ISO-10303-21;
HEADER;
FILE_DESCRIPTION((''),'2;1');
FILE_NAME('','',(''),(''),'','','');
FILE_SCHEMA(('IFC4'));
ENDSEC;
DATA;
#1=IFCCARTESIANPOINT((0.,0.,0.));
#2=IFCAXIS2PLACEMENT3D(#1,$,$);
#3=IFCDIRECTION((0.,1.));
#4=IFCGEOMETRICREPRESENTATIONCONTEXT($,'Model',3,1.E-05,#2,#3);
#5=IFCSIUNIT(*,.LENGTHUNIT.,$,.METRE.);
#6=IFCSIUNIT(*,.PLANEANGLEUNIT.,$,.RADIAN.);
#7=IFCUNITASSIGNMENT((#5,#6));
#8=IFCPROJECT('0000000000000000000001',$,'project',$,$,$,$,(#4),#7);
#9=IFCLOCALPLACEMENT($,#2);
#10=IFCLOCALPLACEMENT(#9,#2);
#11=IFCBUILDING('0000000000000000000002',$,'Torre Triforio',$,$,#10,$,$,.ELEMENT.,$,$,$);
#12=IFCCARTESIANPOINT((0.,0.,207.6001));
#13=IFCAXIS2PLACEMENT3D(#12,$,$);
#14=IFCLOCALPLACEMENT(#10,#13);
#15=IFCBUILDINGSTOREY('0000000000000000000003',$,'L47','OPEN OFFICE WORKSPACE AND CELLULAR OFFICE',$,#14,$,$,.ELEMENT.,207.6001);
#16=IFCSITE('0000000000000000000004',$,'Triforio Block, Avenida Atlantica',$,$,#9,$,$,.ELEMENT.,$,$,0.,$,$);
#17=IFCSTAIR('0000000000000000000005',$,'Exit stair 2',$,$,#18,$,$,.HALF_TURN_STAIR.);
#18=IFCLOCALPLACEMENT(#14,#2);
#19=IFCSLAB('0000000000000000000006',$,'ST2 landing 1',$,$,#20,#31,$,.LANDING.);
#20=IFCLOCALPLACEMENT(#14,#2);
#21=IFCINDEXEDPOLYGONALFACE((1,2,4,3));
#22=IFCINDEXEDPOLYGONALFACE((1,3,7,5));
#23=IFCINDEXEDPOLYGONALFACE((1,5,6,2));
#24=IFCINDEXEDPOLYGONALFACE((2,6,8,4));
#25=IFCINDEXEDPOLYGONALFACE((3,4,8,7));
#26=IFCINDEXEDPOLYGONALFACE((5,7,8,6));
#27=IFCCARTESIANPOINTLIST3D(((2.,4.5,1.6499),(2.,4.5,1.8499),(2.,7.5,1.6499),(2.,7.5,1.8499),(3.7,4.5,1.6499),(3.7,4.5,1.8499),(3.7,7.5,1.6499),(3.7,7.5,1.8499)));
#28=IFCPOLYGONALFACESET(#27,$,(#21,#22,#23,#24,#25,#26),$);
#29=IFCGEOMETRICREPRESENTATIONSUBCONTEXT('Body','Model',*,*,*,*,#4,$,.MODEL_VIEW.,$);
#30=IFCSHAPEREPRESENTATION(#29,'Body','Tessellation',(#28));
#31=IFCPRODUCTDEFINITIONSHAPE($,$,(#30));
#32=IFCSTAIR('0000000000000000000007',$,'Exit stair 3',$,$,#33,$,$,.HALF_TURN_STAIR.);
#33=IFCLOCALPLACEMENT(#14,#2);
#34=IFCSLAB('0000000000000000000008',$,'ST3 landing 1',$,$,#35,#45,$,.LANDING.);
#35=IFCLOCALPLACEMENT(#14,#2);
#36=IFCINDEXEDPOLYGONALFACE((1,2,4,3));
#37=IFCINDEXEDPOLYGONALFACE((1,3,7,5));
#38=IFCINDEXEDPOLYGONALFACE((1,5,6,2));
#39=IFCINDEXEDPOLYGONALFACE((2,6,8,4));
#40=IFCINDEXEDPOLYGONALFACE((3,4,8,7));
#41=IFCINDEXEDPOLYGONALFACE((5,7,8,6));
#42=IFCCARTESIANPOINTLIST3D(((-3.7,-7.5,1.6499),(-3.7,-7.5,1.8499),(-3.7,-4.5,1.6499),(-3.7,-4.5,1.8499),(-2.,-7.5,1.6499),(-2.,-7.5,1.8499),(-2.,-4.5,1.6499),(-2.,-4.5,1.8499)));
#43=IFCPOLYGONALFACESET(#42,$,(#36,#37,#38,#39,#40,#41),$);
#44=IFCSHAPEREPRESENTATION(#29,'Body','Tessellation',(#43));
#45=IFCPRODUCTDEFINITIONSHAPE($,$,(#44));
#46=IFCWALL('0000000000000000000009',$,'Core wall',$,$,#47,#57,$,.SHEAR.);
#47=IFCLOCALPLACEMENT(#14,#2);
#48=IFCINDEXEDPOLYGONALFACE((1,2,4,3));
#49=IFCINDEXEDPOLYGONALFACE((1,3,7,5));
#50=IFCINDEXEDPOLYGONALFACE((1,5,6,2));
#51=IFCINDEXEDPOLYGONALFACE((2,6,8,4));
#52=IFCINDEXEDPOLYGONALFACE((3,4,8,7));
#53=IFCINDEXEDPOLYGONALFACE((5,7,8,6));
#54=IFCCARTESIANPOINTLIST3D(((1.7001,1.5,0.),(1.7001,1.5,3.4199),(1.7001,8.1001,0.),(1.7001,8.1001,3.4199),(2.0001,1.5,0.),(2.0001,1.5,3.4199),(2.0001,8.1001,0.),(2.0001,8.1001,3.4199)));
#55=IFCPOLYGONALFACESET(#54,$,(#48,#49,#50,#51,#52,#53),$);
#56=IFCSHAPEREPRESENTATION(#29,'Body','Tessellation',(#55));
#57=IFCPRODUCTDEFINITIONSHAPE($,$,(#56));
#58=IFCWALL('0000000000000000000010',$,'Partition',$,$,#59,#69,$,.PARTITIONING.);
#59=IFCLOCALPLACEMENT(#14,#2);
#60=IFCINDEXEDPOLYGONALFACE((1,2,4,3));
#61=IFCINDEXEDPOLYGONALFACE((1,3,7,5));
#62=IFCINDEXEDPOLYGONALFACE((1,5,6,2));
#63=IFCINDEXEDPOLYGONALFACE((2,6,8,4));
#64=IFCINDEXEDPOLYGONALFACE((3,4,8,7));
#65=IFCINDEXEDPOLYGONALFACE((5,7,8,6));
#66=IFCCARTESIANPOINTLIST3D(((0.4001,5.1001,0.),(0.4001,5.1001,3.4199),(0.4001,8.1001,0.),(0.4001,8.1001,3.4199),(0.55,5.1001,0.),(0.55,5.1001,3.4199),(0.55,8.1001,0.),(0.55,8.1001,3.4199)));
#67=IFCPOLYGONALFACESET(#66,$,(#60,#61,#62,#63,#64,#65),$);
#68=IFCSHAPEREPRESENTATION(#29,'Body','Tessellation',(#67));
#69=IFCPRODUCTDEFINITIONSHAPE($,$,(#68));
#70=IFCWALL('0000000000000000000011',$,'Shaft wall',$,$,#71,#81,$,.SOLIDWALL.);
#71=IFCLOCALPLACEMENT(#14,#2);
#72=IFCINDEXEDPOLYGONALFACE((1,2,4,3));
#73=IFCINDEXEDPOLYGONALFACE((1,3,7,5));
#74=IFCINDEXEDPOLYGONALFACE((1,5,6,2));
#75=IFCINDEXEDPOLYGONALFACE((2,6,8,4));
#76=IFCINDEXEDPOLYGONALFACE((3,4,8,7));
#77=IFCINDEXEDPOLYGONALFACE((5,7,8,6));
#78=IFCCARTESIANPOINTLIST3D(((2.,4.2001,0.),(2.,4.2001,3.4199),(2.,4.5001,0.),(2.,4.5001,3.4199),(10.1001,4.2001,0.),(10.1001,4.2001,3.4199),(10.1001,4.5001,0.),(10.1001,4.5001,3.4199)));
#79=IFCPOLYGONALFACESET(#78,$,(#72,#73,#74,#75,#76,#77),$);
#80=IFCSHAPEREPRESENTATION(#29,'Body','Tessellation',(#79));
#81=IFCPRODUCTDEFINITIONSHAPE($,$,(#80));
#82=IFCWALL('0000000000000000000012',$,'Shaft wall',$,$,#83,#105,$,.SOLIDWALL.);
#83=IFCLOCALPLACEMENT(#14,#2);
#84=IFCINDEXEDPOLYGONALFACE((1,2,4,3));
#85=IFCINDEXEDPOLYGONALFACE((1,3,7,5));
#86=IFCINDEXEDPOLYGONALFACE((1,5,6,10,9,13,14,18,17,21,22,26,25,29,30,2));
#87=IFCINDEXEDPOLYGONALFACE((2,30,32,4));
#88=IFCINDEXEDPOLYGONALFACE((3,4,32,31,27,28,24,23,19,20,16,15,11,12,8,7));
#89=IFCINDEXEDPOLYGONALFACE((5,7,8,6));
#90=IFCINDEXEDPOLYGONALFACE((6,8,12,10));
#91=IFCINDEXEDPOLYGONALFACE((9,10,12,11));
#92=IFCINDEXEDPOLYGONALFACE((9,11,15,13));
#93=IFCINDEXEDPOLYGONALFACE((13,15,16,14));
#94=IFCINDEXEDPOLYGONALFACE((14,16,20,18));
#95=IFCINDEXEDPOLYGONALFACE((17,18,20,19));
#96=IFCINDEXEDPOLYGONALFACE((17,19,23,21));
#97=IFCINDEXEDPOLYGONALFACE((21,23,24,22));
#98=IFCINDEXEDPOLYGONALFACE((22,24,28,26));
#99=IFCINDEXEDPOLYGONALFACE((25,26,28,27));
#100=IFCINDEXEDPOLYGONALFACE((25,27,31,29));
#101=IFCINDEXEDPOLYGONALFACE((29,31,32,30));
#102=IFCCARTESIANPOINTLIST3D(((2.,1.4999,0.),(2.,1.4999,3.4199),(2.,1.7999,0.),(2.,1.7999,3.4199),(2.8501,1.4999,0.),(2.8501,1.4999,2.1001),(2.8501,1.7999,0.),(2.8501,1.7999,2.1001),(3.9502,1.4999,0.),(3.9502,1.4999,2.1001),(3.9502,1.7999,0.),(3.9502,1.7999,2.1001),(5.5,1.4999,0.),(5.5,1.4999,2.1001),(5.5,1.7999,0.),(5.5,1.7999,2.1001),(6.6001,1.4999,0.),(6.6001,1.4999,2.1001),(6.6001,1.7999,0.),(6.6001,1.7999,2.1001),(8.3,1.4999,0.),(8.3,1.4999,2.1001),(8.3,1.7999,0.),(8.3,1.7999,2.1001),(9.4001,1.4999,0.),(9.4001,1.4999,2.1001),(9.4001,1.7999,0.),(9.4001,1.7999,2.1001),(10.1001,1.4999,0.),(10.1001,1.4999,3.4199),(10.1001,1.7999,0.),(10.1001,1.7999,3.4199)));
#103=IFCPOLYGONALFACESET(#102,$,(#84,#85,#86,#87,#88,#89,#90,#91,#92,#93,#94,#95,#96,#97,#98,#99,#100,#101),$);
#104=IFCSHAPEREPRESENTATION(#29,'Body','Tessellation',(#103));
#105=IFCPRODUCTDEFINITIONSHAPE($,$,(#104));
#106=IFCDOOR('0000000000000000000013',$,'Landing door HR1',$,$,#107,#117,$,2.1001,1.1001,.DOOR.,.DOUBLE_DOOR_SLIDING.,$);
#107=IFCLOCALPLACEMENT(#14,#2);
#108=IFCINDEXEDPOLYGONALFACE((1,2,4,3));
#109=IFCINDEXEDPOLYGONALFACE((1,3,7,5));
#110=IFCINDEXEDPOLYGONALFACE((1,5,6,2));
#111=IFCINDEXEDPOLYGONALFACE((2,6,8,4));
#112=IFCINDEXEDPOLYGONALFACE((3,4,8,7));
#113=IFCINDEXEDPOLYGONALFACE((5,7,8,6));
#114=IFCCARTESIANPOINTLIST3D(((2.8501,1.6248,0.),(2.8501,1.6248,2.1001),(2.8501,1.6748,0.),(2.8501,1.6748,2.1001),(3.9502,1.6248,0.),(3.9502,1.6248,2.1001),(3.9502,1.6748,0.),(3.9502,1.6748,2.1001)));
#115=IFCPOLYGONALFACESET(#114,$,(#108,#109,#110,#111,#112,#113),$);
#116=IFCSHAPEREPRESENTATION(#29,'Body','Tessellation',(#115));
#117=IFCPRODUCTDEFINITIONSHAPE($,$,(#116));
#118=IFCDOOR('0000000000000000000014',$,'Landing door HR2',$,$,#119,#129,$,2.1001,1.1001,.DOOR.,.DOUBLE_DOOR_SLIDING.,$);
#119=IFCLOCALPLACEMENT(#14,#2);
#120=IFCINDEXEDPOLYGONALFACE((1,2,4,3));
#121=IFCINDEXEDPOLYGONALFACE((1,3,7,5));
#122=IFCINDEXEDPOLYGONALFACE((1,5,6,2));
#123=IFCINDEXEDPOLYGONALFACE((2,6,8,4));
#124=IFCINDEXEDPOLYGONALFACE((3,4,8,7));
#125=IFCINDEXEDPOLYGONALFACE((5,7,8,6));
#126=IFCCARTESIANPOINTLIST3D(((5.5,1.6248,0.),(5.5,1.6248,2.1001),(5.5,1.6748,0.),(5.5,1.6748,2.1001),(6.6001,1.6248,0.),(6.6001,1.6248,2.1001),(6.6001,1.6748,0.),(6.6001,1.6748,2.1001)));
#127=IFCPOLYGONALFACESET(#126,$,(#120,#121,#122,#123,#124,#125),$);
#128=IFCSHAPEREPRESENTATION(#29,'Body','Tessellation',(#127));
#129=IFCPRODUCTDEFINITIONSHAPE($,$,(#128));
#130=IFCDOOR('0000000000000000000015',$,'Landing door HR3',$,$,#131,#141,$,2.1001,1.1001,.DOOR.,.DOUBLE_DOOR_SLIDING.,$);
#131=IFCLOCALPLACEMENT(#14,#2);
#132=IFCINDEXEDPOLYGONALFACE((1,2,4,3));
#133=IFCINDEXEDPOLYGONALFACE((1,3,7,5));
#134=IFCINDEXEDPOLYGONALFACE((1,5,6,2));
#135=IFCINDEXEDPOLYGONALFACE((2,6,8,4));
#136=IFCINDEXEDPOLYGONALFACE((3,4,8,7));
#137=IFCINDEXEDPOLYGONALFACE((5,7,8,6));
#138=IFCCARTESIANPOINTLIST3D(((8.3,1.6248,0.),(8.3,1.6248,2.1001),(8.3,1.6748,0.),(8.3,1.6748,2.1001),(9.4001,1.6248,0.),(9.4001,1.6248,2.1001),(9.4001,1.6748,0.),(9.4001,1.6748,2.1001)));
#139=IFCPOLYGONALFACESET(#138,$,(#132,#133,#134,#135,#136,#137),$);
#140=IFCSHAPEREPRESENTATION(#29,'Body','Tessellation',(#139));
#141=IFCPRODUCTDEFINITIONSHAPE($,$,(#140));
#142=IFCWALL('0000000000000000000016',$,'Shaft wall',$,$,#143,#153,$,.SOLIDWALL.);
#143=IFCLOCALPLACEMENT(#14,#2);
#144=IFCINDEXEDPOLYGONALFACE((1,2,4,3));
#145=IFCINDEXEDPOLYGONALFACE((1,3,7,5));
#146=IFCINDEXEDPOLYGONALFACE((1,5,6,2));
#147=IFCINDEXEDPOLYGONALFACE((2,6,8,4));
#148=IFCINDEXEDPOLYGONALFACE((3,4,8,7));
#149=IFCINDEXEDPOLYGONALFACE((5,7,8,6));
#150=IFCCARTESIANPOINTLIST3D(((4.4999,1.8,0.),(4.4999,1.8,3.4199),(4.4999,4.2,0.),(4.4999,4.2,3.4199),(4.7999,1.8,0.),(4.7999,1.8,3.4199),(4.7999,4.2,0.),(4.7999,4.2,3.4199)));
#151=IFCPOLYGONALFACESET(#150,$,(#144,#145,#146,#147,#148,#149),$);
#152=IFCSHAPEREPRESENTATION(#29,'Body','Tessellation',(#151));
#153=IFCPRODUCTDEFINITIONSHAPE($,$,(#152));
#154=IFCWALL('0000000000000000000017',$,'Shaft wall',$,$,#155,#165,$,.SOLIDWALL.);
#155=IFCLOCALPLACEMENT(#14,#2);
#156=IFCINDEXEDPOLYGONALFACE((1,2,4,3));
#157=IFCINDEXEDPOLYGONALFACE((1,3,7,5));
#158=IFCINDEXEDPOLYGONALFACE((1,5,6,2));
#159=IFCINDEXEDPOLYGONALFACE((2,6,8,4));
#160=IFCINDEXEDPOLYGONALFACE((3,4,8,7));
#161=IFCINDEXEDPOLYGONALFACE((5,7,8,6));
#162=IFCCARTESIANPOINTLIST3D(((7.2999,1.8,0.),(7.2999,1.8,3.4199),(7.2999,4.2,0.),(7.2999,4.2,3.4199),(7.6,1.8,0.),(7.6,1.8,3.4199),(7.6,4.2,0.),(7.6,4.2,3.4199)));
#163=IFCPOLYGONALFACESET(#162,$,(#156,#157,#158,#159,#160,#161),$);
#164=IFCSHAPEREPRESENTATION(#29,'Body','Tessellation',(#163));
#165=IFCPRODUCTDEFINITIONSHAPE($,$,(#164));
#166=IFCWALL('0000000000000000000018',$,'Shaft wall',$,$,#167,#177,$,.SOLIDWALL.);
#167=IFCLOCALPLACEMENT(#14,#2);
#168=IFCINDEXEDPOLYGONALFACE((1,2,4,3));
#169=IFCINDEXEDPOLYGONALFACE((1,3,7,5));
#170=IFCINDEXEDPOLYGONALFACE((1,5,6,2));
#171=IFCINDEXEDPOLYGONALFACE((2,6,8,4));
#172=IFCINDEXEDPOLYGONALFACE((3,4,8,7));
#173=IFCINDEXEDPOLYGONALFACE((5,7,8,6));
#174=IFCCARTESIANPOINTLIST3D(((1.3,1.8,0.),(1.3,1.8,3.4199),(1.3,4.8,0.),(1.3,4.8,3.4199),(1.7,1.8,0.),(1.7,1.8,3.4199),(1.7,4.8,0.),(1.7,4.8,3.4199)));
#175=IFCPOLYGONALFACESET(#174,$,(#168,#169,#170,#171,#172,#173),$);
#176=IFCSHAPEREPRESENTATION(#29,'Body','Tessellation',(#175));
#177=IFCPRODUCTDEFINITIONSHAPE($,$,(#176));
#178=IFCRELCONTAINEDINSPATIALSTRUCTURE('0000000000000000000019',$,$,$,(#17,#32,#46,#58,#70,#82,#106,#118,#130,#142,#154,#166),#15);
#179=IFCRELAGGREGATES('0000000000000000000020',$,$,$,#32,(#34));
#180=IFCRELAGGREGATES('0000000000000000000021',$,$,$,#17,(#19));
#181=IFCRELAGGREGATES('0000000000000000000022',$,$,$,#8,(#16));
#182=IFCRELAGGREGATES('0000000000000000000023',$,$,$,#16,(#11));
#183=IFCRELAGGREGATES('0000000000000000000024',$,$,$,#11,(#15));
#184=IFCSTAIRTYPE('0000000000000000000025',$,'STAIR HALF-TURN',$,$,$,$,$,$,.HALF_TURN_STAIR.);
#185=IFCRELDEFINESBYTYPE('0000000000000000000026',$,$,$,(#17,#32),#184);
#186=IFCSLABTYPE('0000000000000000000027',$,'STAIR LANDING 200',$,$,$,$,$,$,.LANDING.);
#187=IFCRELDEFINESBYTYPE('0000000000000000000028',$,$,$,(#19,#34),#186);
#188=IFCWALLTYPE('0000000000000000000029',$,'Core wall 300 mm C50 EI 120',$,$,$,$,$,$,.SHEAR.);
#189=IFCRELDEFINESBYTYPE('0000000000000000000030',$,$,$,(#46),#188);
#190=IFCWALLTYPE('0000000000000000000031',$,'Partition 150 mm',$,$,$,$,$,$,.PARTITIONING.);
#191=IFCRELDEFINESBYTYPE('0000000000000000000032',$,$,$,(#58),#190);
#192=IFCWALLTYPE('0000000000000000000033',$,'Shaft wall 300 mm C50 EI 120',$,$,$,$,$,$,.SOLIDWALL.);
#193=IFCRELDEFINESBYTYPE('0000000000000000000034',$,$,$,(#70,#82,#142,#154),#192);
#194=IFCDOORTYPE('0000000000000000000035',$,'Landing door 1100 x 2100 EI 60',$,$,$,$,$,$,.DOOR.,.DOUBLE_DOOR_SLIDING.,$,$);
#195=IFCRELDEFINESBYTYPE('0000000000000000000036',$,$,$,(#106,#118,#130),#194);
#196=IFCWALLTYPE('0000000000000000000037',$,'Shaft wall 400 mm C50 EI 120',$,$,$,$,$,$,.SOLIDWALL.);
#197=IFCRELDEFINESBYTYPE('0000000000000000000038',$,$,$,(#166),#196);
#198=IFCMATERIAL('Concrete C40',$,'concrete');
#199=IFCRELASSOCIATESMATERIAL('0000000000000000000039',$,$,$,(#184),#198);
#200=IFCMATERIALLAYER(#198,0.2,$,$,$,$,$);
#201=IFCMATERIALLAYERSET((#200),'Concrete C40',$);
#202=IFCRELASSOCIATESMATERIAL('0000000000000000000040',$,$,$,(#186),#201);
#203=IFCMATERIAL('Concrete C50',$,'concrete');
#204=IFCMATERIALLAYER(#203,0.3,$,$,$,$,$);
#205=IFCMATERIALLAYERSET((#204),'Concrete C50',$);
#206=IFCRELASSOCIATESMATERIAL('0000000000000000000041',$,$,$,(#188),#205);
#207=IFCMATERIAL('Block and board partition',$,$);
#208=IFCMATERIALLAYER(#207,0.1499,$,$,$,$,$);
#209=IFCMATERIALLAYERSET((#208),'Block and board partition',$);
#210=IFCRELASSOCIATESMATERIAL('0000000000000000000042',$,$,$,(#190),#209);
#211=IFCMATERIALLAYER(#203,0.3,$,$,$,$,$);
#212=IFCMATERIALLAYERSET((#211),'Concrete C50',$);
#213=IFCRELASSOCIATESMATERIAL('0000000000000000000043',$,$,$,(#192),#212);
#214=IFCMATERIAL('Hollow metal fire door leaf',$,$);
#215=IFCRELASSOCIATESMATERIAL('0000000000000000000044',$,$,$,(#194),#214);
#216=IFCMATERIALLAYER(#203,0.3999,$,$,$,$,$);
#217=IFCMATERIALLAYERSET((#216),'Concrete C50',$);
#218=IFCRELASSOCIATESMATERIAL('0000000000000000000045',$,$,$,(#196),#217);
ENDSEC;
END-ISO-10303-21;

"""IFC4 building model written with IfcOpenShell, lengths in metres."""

from ifc_helpers import new_model, si_unit, direction, frame, frame_2d, origin, place, context, subcontext, project, spatial, polyline, rectangle, outline, extrude, material, layer, layer_set, type_object, element, fill, aggregate, save


model = new_model("IFC4")

# Units and contexts
model_context = context("Model", 3, precision=1e-05, world=origin(), true_north=direction((0.0, 1.0)))
body_context = subcontext(model_context, "Body", "Model", "MODEL_VIEW")
ifc_project = project(units=[si_unit("LENGTHUNIT", "METRE"), si_unit("PLANEANGLEUNIT", "RADIAN")], contexts=[model_context])

# Site, building, storey
site_placement = place(None, origin())
site = spatial("IfcSite", under=ifc_project, at=site_placement, Name="Triforio Block, Avenida Atlantica", CompositionType="ELEMENT", RefElevation=0.0)
building_placement = place(site_placement, origin())
building = spatial("IfcBuilding", under=site, at=building_placement, Name="Torre Triforio", CompositionType="ELEMENT")
storey_placement = place(building_placement, frame((0.0, 0.0, 207.6001)))
storey = spatial("IfcBuildingStorey", under=building, at=storey_placement, Name="L47", Description="OPEN OFFICE WORKSPACE AND CELLULAR OFFICE", CompositionType="ELEMENT", Elevation=207.6001)

# Stairs, slabs
ifc_material_1 = material(Name="Concrete C40", Category="concrete")
stair_type = type_object("IfcStairType", Name="STAIR HALF-TURN", PredefinedType="HALF_TURN_STAIR", material=ifc_material_1)
stair_1_placement = place(storey_placement, origin())
stair_1 = element("IfcStair", 1, at=stair_1_placement, inside=storey, type_object=stair_type, Name="Exit stair 2", PredefinedType="HALF_TURN_STAIR")
ifc_layer_1 = layer(ifc_material_1, 0.2)
ifc_layer_set_1 = layer_set([ifc_layer_1], Name="Concrete C40")
slab_type = type_object("IfcSlabType", Name="STAIR LANDING 200", PredefinedType="LANDING", material=ifc_layer_set_1)
slab_1_placement = place(storey_placement, frame((0.0, 0.0, 1.6499)))
slab_1 = element("IfcSlab", 2, at=slab_1_placement, type_object=slab_type, Name="ST2 landing 1", PredefinedType="LANDING", context=body_context, shape_type="SweptSolid", body=[
    extrude(outline(polyline([(3.7, 4.5), (3.7, 7.5), (2.0, 7.5), (2.0, 4.5), (3.7, 4.5)])), origin(), (0.0, 0.0, 1.0), 0.2),
])
stair_2_placement = place(storey_placement, origin())
stair_2 = element("IfcStair", 3, at=stair_2_placement, inside=storey, type_object=stair_type, Name="Exit stair 3", PredefinedType="HALF_TURN_STAIR")
slab_2_placement = place(storey_placement, frame((0.0, 0.0, 1.6499)))
slab_2 = element("IfcSlab", 4, at=slab_2_placement, type_object=slab_type, Name="ST3 landing 1", PredefinedType="LANDING", context=body_context, shape_type="SweptSolid", body=[
    extrude(outline(polyline([(-2.0, -7.5), (-2.0, -4.5), (-3.7, -4.5), (-3.7, -7.5), (-2.0, -7.5)])), origin(), (0.0, 0.0, 1.0), 0.2),
])
aggregate(stair_2, [slab_2])

# Walls
ifc_material_2 = material(Name="Concrete C50", Category="concrete")
ifc_layer_2 = layer(ifc_material_2, 0.3)
ifc_layer_set_2 = layer_set([ifc_layer_2], Name="Concrete C50")
wall_type_1 = type_object("IfcWallType", Name="Core wall 300 mm C50 EI 120", PredefinedType="SHEAR", material=ifc_layer_set_2)
wall_1_placement = place(storey_placement, frame((1.8501, 1.5, 0.0), z_axis=(0.0, 0.0, 1.0), x_axis=(0.0, 1.0, 0.0)))
element("IfcWall", 5, at=wall_1_placement, inside=storey, type_object=wall_type_1, Name="Core wall", PredefinedType="SHEAR", context=body_context, shape_type="SweptSolid", body=[
    extrude(rectangle(XDim=6.6001, YDim=0.3, at=frame_2d((3.3, 0.0))), origin(), (0.0, 0.0, 1.0), 3.4199),
])
ifc_material_3 = material(Name="Block and board partition")
ifc_layer_3 = layer(ifc_material_3, 0.1499)
ifc_layer_set_3 = layer_set([ifc_layer_3], Name="Block and board partition")
wall_type_2 = type_object("IfcWallType", Name="Partition 150 mm", PredefinedType="PARTITIONING", material=ifc_layer_set_3)
wall_2_placement = place(storey_placement, frame((0.4751, 5.1001, 0.0), z_axis=(0.0, 0.0, 1.0), x_axis=(0.0, 1.0, 0.0)))
element("IfcWall", 6, at=wall_2_placement, inside=storey, type_object=wall_type_2, Name="Partition", PredefinedType="PARTITIONING", context=body_context, shape_type="SweptSolid", body=[
    extrude(rectangle(XDim=3.0, YDim=0.1499, at=frame_2d((1.5, 0.0))), origin(), (0.0, 0.0, 1.0), 3.4199),
])
ifc_layer_4 = layer(ifc_material_2, 0.3)
ifc_layer_set_4 = layer_set([ifc_layer_4], Name="Concrete C50")
wall_type_3 = type_object("IfcWallType", Name="Shaft wall 300 mm C50 EI 120", PredefinedType="SOLIDWALL", material=ifc_layer_set_4)
wall_3_placement = place(storey_placement, frame((2.0, 4.3501, 0.0), z_axis=(0.0, 0.0, 1.0), x_axis=(1.0, 0.0, 0.0)))
element("IfcWall", 7, at=wall_3_placement, inside=storey, type_object=wall_type_3, Name="Shaft wall", PredefinedType="SOLIDWALL", context=body_context, shape_type="SweptSolid", body=[
    extrude(rectangle(XDim=8.1001, YDim=0.3, at=frame_2d((4.05, 0.0))), origin(), (0.0, 0.0, 1.0), 3.4199),
])

# Wall, openings, doors
wall_4_placement = place(storey_placement, frame((2.0, 1.6499, 0.0), z_axis=(0.0, 0.0, 1.0), x_axis=(1.0, 0.0, 0.0)))
wall_4 = element("IfcWall", 8, at=wall_4_placement, inside=storey, type_object=wall_type_3, Name="Shaft wall", PredefinedType="SOLIDWALL", context=body_context, shape_type="SweptSolid", body=[
    extrude(rectangle(XDim=8.1001, YDim=0.3, at=frame_2d((4.05, 0.0))), origin(), (0.0, 0.0, 1.0), 3.4199),
])
opening_1_placement = place(wall_4_placement, frame((0.8501, 0.0, 0.0)))
opening_1 = element("IfcOpeningElement", 9, at=opening_1_placement, cuts=wall_4, PredefinedType="OPENING", context=body_context, shape_type="SweptSolid", body=[
    extrude(rectangle(XDim=1.1001, YDim=2.1001, at=frame_2d((0.55, 1.05))), frame((0.0, 0.1599, 0.0), z_axis=(0.0, -1.0, 0.0), x_axis=(1.0, 0.0, 0.0)), (0.0, 0.0, 1.0), 0.3201),
])
opening_2_placement = place(wall_4_placement, frame((3.5, 0.0, 0.0)))
opening_2 = element("IfcOpeningElement", 10, at=opening_2_placement, cuts=wall_4, PredefinedType="OPENING", context=body_context, shape_type="SweptSolid", body=[
    extrude(rectangle(XDim=1.1001, YDim=2.1001, at=frame_2d((0.55, 1.05))), frame((0.0, 0.1599, 0.0), z_axis=(0.0, -1.0, 0.0), x_axis=(1.0, 0.0, 0.0)), (0.0, 0.0, 1.0), 0.3201),
])
opening_3_placement = place(wall_4_placement, frame((6.3, 0.0, 0.0)))
opening_3 = element("IfcOpeningElement", 11, at=opening_3_placement, cuts=wall_4, PredefinedType="OPENING", context=body_context, shape_type="SweptSolid", body=[
    extrude(rectangle(XDim=1.1001, YDim=2.1001, at=frame_2d((0.55, 1.05))), frame((0.0, 0.1599, 0.0), z_axis=(0.0, -1.0, 0.0), x_axis=(1.0, 0.0, 0.0)), (0.0, 0.0, 1.0), 0.3201),
])
ifc_material_4 = material(Name="Hollow metal fire door leaf")
door_type = type_object("IfcDoorType", Name="Landing door 1100 x 2100 EI 60", OperationType="DOUBLE_DOOR_SLIDING", PredefinedType="DOOR", material=ifc_material_4)
door_1_placement = place(opening_1_placement, origin())
door_1 = element("IfcDoor", 12, at=door_1_placement, inside=storey, type_object=door_type, Name="Landing door HR1", OperationType="DOUBLE_DOOR_SLIDING", OverallHeight=2.1001, OverallWidth=1.1001, PredefinedType="DOOR", context=body_context, shape_type="SweptSolid", body=[
    extrude(rectangle(XDim=1.1001, YDim=2.1001, at=frame_2d((0.55, 1.05))), frame((0.0, 0.0249, 0.0), z_axis=(0.0, -1.0, 0.0), x_axis=(1.0, 0.0, 0.0)), (0.0, 0.0, 1.0), 0.05),
])
fill(opening_1, door_1)
door_2_placement = place(opening_2_placement, origin())
door_2 = element("IfcDoor", 13, at=door_2_placement, inside=storey, type_object=door_type, Name="Landing door HR2", OperationType="DOUBLE_DOOR_SLIDING", OverallHeight=2.1001, OverallWidth=1.1001, PredefinedType="DOOR", context=body_context, shape_type="SweptSolid", body=[
    extrude(rectangle(XDim=1.1001, YDim=2.1001, at=frame_2d((0.55, 1.05))), frame((0.0, 0.0249, 0.0), z_axis=(0.0, -1.0, 0.0), x_axis=(1.0, 0.0, 0.0)), (0.0, 0.0, 1.0), 0.05),
])
fill(opening_2, door_2)
door_3_placement = place(opening_3_placement, origin())
door_3 = element("IfcDoor", 14, at=door_3_placement, inside=storey, type_object=door_type, Name="Landing door HR3", OperationType="DOUBLE_DOOR_SLIDING", OverallHeight=2.1001, OverallWidth=1.1001, PredefinedType="DOOR", context=body_context, shape_type="SweptSolid", body=[
    extrude(rectangle(XDim=1.1001, YDim=2.1001, at=frame_2d((0.55, 1.05))), frame((0.0, 0.0249, 0.0), z_axis=(0.0, -1.0, 0.0), x_axis=(1.0, 0.0, 0.0)), (0.0, 0.0, 1.0), 0.05),
])
fill(opening_3, door_3)

# Walls
for number, where, z_axis, x_axis, name in (
    (15, (4.6499, 1.8, 0.0), (0.0, 0.0, 1.0), (0.0, 1.0, 0.0), "Shaft wall"),
    (16, (7.45, 1.8, 0.0), (0.0, 0.0, 1.0), (0.0, 1.0, 0.0), "Shaft wall"),
):
    element("IfcWall", number, at=place(storey_placement, frame(where, z_axis=z_axis, x_axis=x_axis)), inside=storey, type_object=wall_type_3, Name=name, PredefinedType="SOLIDWALL", context=body_context, shape_type="SweptSolid", body=[
        extrude(rectangle(XDim=2.3999, YDim=0.3, at=frame_2d((1.2, 0.0))), origin(), (0.0, 0.0, 1.0), 3.4199),
    ])
ifc_layer_5 = layer(ifc_material_2, 0.3999)
ifc_layer_set_5 = layer_set([ifc_layer_5], Name="Concrete C50")
wall_type_4 = type_object("IfcWallType", Name="Shaft wall 400 mm C50 EI 120", PredefinedType="SOLIDWALL", material=ifc_layer_set_5)
wall_5_placement = place(storey_placement, frame((1.5, 1.8, 0.0), z_axis=(0.0, 0.0, 1.0), x_axis=(0.0, 1.0, 0.0)))
element("IfcWall", 17, at=wall_5_placement, inside=storey, type_object=wall_type_4, Name="Shaft wall", PredefinedType="SOLIDWALL", context=body_context, shape_type="SweptSolid", body=[
    extrude(rectangle(XDim=3.0, YDim=0.3999, at=frame_2d((1.5, 0.0))), origin(), (0.0, 0.0, 1.0), 3.4199),
])

aggregate(stair_1, [slab_1])

save(model, "model.ifc")
